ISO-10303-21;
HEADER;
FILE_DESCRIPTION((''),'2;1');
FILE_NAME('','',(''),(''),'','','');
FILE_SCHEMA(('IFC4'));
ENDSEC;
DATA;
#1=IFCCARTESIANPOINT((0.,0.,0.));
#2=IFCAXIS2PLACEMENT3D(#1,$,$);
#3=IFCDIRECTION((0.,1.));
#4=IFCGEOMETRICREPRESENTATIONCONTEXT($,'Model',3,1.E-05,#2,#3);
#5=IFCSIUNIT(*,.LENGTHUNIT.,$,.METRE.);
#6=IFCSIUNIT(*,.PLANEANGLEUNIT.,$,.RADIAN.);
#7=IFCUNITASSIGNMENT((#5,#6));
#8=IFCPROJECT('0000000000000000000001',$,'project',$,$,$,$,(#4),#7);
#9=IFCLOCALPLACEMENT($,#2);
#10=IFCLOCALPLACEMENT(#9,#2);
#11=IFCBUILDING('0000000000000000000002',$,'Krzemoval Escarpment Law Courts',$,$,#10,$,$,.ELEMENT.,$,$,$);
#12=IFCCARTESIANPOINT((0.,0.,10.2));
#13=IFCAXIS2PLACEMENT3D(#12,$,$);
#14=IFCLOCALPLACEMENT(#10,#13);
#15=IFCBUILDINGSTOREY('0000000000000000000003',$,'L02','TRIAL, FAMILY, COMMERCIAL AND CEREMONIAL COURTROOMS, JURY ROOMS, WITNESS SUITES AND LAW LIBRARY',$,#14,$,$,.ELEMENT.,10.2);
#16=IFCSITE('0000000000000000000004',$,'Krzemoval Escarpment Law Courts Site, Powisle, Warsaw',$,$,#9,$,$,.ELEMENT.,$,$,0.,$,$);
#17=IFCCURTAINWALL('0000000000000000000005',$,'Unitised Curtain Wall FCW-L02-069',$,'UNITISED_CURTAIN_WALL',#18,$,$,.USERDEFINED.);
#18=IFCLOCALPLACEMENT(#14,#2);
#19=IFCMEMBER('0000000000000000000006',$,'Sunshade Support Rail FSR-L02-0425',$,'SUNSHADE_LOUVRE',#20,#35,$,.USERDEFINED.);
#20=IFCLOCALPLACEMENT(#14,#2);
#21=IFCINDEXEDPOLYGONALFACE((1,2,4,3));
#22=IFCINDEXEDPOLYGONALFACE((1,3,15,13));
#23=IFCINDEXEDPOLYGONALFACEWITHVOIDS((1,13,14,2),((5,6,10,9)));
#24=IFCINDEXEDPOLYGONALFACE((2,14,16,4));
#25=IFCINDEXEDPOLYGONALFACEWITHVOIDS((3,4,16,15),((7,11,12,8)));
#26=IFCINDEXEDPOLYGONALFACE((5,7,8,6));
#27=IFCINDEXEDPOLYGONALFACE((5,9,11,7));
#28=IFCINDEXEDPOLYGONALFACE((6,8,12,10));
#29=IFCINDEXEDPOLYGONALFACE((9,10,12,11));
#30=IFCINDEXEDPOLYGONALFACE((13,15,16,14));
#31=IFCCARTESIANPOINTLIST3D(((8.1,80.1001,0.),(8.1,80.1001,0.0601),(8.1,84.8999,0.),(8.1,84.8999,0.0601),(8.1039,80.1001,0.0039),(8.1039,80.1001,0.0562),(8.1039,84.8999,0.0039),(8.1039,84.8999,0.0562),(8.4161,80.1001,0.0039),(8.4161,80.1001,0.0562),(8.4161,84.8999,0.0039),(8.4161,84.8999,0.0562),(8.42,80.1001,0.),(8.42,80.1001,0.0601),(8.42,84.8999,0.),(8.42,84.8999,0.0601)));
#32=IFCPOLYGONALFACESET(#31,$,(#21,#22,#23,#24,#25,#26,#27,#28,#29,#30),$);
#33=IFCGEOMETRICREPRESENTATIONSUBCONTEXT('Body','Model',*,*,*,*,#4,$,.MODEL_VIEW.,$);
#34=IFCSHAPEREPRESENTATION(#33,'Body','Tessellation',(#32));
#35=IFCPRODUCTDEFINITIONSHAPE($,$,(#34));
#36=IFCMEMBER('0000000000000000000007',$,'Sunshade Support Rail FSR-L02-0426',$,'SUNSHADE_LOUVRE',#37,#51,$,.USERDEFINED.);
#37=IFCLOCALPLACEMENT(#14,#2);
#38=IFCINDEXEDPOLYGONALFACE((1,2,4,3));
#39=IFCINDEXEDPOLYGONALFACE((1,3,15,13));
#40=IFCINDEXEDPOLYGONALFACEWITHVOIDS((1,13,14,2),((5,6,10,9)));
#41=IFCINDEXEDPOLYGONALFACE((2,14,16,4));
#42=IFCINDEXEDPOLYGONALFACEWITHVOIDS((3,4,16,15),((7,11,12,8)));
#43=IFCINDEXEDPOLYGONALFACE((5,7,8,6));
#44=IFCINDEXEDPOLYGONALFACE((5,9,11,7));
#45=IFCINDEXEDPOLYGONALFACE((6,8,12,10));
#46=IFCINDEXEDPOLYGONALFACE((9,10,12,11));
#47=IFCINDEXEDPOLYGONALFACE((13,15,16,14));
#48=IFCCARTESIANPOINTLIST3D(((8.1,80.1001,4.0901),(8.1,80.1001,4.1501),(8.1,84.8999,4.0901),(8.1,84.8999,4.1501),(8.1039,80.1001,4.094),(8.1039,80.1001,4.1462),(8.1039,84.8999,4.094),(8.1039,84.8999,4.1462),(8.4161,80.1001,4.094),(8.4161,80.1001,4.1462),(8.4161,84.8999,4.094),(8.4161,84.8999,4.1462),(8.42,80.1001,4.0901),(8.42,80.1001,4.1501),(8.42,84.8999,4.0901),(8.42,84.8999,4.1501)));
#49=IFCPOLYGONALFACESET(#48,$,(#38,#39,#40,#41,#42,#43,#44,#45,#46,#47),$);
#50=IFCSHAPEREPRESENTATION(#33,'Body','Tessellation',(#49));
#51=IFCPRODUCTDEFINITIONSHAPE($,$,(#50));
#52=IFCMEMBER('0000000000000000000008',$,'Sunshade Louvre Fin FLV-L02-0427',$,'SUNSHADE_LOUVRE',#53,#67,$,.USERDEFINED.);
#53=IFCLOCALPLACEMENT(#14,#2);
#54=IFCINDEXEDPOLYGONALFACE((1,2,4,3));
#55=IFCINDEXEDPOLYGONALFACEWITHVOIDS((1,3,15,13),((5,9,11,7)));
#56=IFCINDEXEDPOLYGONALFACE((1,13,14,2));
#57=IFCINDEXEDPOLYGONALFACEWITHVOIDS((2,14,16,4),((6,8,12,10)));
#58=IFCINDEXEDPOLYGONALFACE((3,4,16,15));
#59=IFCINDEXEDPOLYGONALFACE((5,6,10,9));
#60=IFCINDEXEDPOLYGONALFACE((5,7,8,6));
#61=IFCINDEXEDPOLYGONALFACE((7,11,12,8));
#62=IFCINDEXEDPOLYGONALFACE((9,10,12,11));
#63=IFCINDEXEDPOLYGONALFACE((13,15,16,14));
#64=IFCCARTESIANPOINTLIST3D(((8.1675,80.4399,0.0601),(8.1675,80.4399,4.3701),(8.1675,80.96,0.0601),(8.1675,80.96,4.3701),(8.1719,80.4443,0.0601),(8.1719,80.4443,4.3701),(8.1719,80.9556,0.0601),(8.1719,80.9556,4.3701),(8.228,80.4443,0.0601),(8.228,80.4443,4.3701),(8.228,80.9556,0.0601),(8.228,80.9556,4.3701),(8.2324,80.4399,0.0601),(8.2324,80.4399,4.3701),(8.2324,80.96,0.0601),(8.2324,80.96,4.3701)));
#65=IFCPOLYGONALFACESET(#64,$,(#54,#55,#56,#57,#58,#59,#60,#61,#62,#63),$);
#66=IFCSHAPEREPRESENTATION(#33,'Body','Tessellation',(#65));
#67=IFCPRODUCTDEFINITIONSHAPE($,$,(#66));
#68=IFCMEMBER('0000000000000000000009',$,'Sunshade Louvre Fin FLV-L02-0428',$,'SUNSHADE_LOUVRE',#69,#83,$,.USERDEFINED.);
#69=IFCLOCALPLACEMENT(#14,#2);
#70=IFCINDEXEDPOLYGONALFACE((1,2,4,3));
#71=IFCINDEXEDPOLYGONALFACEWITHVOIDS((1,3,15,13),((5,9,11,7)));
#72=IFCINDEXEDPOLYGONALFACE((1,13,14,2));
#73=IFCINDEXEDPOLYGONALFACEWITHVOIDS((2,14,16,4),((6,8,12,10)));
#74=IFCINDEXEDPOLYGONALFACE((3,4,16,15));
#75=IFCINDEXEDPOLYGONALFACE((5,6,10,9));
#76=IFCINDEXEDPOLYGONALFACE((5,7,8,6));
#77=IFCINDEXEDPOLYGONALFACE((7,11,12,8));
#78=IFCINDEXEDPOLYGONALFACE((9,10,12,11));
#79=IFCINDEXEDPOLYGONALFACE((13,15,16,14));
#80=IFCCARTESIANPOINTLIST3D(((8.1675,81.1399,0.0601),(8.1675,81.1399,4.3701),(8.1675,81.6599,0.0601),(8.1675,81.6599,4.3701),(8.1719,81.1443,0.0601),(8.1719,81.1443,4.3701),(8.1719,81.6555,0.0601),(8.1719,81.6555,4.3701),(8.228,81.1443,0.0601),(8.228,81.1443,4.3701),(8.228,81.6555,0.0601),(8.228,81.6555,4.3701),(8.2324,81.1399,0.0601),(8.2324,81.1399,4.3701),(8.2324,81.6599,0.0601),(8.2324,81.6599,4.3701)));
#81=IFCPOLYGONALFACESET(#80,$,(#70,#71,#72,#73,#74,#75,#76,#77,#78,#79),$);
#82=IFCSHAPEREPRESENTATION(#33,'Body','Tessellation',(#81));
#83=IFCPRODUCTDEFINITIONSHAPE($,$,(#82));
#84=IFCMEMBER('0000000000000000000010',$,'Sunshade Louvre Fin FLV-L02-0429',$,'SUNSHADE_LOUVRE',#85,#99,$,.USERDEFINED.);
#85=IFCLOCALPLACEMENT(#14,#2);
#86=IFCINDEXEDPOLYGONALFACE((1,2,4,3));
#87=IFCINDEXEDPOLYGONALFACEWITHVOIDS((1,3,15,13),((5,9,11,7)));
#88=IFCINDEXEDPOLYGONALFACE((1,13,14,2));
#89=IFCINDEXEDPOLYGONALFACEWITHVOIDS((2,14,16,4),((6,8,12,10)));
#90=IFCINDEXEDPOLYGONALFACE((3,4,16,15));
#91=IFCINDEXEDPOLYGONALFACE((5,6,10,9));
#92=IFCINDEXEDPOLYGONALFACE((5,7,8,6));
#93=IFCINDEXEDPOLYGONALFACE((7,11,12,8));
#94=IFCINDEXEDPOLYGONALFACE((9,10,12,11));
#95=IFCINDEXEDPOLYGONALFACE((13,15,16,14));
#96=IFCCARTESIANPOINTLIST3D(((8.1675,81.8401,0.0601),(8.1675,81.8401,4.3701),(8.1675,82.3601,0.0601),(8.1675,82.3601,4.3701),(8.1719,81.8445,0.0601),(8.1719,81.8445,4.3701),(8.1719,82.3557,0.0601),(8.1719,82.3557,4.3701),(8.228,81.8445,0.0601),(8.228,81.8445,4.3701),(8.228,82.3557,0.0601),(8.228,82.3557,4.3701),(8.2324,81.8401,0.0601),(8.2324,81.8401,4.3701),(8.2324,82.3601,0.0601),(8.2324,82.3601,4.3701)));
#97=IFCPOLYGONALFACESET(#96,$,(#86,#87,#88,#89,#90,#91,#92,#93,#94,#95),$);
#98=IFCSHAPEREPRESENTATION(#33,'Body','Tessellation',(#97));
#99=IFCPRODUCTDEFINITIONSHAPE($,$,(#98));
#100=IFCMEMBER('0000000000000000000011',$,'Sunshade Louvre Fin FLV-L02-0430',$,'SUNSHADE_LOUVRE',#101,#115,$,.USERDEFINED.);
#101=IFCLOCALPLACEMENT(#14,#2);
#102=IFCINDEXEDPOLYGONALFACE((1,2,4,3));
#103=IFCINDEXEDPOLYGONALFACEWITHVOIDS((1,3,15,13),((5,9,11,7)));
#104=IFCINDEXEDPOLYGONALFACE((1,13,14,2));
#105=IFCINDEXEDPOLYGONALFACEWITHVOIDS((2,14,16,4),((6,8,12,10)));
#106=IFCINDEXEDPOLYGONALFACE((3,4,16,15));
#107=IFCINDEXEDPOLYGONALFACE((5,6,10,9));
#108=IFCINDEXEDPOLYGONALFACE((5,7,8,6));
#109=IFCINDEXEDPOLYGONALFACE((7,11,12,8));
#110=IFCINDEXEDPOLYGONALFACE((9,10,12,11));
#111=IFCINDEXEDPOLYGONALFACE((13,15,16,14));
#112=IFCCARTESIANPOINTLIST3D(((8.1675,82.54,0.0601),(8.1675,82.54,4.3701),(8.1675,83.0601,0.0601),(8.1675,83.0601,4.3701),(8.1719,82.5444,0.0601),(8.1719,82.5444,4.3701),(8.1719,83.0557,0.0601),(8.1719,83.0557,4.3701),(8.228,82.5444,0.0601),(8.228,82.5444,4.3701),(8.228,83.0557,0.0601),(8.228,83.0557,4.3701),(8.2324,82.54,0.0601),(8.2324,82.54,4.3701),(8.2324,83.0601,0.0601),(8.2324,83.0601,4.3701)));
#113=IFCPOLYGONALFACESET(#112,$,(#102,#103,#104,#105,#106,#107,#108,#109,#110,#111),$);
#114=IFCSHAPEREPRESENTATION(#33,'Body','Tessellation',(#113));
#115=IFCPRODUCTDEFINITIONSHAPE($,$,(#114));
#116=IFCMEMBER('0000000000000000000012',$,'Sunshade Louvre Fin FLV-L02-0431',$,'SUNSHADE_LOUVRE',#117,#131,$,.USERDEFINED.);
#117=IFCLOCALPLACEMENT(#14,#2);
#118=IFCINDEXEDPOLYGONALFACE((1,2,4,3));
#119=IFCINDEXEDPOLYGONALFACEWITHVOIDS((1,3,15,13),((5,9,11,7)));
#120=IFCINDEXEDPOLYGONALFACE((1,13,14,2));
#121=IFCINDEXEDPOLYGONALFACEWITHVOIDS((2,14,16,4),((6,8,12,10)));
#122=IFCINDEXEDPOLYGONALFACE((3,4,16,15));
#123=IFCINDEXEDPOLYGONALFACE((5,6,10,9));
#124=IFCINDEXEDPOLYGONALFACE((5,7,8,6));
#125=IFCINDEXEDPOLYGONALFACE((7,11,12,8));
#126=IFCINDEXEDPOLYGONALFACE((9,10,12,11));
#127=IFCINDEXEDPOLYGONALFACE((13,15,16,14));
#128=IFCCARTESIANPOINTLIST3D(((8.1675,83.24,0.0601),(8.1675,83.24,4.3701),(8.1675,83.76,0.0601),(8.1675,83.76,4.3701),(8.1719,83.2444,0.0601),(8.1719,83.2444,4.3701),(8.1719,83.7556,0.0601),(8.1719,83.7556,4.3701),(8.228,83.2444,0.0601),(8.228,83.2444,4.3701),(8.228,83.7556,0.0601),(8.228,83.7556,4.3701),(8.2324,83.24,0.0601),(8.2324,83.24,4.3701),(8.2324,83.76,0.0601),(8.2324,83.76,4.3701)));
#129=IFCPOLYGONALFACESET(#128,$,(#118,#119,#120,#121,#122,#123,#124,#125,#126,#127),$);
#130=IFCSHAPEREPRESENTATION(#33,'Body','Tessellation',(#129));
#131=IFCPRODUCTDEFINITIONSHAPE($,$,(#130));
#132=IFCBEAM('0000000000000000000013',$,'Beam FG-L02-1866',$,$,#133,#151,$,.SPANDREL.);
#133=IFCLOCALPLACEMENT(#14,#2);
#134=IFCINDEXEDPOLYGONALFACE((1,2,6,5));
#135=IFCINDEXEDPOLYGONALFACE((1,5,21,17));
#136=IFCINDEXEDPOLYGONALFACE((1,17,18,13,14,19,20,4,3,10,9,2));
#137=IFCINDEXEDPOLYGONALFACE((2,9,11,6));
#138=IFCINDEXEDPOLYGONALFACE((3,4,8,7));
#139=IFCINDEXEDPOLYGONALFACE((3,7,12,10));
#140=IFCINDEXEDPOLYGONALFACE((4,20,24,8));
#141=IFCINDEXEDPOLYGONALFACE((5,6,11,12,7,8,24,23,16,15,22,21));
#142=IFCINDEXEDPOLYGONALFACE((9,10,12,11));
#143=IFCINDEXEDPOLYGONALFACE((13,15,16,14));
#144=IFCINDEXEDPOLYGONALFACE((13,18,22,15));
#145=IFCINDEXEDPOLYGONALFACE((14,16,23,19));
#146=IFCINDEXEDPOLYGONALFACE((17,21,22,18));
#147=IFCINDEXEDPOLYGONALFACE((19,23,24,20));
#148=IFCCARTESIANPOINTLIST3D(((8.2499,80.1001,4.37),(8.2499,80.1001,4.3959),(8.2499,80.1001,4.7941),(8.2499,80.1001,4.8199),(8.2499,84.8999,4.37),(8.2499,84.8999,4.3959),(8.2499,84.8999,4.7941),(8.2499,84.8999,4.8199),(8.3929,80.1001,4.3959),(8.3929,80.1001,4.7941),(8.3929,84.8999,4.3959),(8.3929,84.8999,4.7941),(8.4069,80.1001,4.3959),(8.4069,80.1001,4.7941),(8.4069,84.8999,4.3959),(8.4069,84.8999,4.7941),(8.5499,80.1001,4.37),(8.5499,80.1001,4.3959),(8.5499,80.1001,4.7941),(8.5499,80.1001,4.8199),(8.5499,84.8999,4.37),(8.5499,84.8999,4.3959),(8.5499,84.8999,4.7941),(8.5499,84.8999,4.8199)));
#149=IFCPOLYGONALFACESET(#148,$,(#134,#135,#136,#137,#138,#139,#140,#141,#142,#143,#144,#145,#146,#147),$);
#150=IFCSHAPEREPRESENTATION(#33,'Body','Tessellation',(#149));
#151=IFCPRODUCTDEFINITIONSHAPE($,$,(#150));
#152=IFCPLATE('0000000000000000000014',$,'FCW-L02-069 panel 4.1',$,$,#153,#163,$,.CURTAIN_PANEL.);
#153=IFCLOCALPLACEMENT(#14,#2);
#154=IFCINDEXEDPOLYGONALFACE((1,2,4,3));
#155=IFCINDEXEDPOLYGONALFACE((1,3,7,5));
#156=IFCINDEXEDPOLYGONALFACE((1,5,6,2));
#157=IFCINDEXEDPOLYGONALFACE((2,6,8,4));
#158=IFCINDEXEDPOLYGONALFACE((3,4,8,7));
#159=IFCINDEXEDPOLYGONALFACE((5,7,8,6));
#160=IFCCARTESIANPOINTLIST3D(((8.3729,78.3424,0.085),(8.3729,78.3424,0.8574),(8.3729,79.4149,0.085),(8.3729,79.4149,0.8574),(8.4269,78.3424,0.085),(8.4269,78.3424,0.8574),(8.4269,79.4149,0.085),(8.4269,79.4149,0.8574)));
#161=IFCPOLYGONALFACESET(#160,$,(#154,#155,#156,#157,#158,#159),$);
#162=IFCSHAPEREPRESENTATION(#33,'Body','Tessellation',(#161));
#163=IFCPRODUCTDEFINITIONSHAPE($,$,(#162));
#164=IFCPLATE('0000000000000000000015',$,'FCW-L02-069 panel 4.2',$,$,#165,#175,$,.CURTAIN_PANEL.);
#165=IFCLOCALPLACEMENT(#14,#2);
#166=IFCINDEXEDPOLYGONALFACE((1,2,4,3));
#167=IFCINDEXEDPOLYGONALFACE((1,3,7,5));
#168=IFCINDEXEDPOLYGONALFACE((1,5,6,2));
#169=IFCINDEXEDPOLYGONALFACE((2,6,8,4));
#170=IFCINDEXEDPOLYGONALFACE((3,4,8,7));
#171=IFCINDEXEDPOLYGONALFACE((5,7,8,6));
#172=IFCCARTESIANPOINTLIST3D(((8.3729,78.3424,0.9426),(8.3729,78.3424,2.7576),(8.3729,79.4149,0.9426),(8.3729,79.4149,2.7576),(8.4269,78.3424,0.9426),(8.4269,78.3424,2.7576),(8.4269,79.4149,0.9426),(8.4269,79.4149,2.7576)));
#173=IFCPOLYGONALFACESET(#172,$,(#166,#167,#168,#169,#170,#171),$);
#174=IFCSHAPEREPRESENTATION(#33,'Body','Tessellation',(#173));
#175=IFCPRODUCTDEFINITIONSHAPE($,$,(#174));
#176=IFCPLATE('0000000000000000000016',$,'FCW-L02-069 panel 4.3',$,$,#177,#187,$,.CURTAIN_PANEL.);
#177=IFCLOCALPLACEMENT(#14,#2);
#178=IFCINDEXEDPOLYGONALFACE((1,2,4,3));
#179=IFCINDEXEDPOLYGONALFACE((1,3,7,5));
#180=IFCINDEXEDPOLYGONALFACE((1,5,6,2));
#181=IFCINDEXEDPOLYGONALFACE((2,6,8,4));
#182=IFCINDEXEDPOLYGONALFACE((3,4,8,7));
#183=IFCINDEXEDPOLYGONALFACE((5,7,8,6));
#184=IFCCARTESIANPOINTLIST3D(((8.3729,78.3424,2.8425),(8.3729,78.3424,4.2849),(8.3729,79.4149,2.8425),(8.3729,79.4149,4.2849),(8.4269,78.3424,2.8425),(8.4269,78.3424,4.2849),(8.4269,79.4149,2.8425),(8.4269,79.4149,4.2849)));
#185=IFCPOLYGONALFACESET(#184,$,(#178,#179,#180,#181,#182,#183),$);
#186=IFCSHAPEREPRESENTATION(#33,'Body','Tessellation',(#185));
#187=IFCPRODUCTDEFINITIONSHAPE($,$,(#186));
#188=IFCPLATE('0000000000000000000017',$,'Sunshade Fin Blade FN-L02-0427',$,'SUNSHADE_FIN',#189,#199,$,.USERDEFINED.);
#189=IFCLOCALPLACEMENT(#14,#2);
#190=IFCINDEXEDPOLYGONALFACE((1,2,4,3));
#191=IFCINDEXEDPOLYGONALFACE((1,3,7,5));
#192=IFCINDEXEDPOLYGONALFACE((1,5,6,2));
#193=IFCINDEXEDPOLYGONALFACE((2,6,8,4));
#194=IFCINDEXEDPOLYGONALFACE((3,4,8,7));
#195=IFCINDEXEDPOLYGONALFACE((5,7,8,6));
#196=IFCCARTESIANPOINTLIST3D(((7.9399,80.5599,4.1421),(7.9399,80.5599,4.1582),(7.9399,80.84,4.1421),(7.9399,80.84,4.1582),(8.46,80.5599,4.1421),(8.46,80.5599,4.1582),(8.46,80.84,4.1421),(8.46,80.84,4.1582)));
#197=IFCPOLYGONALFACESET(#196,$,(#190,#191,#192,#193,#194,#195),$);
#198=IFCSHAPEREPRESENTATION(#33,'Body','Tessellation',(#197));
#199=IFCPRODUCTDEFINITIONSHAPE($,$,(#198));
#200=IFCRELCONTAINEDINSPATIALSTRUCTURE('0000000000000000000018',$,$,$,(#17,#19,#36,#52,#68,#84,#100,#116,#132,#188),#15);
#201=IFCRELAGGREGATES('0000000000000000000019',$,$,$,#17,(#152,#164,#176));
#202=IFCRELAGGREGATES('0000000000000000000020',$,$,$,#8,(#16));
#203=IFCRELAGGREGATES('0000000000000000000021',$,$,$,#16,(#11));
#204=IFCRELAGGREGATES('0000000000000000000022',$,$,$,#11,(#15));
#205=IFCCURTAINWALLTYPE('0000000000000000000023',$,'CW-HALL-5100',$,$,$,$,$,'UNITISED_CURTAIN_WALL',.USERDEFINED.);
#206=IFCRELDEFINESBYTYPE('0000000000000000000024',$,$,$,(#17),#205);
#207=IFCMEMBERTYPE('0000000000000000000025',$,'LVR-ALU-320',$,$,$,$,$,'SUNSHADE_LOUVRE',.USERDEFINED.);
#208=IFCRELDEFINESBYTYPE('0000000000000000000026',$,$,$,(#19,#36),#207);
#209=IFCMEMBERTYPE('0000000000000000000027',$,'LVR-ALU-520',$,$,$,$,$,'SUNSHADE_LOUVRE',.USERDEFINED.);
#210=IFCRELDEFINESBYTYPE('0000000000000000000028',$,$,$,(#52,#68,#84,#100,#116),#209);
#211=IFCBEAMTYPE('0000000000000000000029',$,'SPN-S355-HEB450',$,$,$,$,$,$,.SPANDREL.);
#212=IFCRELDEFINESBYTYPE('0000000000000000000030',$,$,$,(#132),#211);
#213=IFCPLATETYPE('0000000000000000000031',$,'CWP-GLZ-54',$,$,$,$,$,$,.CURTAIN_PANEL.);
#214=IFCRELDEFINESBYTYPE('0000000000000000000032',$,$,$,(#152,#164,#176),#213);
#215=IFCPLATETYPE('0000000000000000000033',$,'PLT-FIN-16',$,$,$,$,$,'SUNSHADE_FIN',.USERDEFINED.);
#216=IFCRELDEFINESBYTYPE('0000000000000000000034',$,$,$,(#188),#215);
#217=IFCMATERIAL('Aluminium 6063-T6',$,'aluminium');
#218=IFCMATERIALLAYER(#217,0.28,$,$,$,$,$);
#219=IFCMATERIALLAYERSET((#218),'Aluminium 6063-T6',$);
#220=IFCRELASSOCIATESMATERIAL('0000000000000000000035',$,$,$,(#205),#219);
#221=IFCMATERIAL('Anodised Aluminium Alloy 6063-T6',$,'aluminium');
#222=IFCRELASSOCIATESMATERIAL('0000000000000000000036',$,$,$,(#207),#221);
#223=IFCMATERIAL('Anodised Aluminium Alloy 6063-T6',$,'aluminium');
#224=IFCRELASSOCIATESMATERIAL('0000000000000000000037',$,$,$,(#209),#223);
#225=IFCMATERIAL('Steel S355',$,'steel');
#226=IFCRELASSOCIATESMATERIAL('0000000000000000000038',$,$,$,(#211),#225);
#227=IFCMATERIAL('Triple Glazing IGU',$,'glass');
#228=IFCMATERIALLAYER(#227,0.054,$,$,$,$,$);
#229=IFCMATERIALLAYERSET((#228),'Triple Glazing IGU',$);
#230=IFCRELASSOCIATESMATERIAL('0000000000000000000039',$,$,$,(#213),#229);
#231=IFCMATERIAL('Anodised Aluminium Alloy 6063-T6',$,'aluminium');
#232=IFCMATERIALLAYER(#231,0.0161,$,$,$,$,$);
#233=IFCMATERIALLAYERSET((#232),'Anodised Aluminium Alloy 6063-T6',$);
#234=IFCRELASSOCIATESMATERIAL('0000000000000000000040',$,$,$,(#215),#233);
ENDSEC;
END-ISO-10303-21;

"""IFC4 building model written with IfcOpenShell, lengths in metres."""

from ifc_helpers import new_model, si_unit, direction, frame, origin, origin_2d, place, context, subcontext, project, spatial, rectangle, hollow_rectangle, i_section, extrude, material, layer, layer_set, material_profile, profile_set, type_object, element, aggregate, save


model = new_model("IFC4")

# Units and contexts
model_context = context("Model", 3, precision=1e-05, world=origin(), true_north=direction((0.0, 1.0)))
body_context = subcontext(model_context, "Body", "Model", "MODEL_VIEW")
ifc_project = project(units=[si_unit("LENGTHUNIT", "METRE"), si_unit("PLANEANGLEUNIT", "RADIAN")], contexts=[model_context])

# Site, building, storey
site_placement = place(None, origin())
site = spatial("IfcSite", under=ifc_project, at=site_placement, Name="Krzemoval Escarpment Law Courts Site, Powisle, Warsaw", CompositionType="ELEMENT", RefElevation=0.0)
building_placement = place(site_placement, origin())
building = spatial("IfcBuilding", under=site, at=building_placement, Name="Krzemoval Escarpment Law Courts", CompositionType="ELEMENT")
storey_placement = place(building_placement, frame((0.0, 0.0, 10.2)))
storey = spatial("IfcBuildingStorey", under=building, at=storey_placement, Name="L02", Description="TRIAL, FAMILY, COMMERCIAL AND CEREMONIAL COURTROOMS, JURY ROOMS, WITNESS SUITES AND LAW LIBRARY", CompositionType="ELEMENT", Elevation=10.2)

# Curtain wall
ifc_material_1 = material(Name="Aluminium 6063-T6", Category="aluminium")
ifc_layer_1 = layer(ifc_material_1, 0.28)
ifc_layer_set_1 = layer_set([ifc_layer_1], Name="Aluminium 6063-T6")
curtain_wall_type = type_object("IfcCurtainWallType", Name="CW-HALL-5100", ElementType="UNITISED_CURTAIN_WALL", PredefinedType="USERDEFINED", material=ifc_layer_set_1)
curtain_wall_1_placement = place(storey_placement, origin())
curtain_wall_1 = element("IfcCurtainWall", 1, at=curtain_wall_1_placement, inside=storey, type_object=curtain_wall_type, Name="Unitised Curtain Wall FCW-L02-069", ObjectType="UNITISED_CURTAIN_WALL", PredefinedType="USERDEFINED")

# Members
ifc_material_2 = material(Name="Anodised Aluminium Alloy 6063-T6", Category="aluminium")
ifc_material_profile_1 = material_profile(ifc_material_2, hollow_rectangle(XDim=0.0601, YDim=0.3201, WallThickness=0.0039, at=origin_2d()), Name="ALU LVR 60x320")
ifc_profile_set_1 = profile_set([ifc_material_profile_1], Name="Anodised Aluminium Alloy 6063-T6")
member_type_1 = type_object("IfcMemberType", Name="LVR-ALU-320", ElementType="SUNSHADE_LOUVRE", PredefinedType="USERDEFINED", material=ifc_profile_set_1)
for number, where, z_axis, x_axis, name in (
    (2, (8.26, 80.1001, 0.03), (0.0, 1.0, 0.0), (0.0, 0.0, 1.0), "Sunshade Support Rail FSR-L02-0425"),
    (3, (8.26, 80.1001, 4.1201), (0.0, 1.0, 0.0), (0.0, 0.0, 1.0), "Sunshade Support Rail FSR-L02-0426"),
):
    element("IfcMember", number, at=place(storey_placement, frame(where, z_axis=z_axis, x_axis=x_axis)), inside=storey, type_object=member_type_1, Name=name, ObjectType="SUNSHADE_LOUVRE", PredefinedType="USERDEFINED", context=body_context, shape_type="SweptSolid", body=[
        extrude(hollow_rectangle(XDim=0.0601, YDim=0.3201, WallThickness=0.0039, at=origin_2d()), origin(), (0.0, 0.0, 1.0), 4.7998),
    ])
ifc_material_3 = material(Name="Anodised Aluminium Alloy 6063-T6", Category="aluminium")
ifc_material_profile_2 = material_profile(ifc_material_3, hollow_rectangle(XDim=0.0649, YDim=0.52, WallThickness=0.0044, at=origin_2d()), Name="ALU LVR 65x520")
ifc_profile_set_2 = profile_set([ifc_material_profile_2], Name="Anodised Aluminium Alloy 6063-T6")
member_type_2 = type_object("IfcMemberType", Name="LVR-ALU-520", ElementType="SUNSHADE_LOUVRE", PredefinedType="USERDEFINED", material=ifc_profile_set_2)
for number, where, z_axis, x_axis, name in (
    (4, (8.2, 80.7, 0.0601), (0.0, 0.0, 1.0), (1.0, 0.0, 0.0), "Sunshade Louvre Fin FLV-L02-0427"),
    (5, (8.2, 81.3999, 0.0601), (0.0, 0.0, 1.0), (1.0, 0.0, 0.0), "Sunshade Louvre Fin FLV-L02-0428"),
    (6, (8.2, 82.1001, 0.0601), (0.0, 0.0, 1.0), (1.0, 0.0, 0.0), "Sunshade Louvre Fin FLV-L02-0429"),
    (7, (8.2, 82.8, 0.0601), (0.0, 0.0, 1.0), (1.0, 0.0, 0.0), "Sunshade Louvre Fin FLV-L02-0430"),
    (8, (8.2, 83.5, 0.0601), (0.0, 0.0, 1.0), (1.0, 0.0, 0.0), "Sunshade Louvre Fin FLV-L02-0431"),
):
    element("IfcMember", number, at=place(storey_placement, frame(where, z_axis=z_axis, x_axis=x_axis)), inside=storey, type_object=member_type_2, Name=name, ObjectType="SUNSHADE_LOUVRE", PredefinedType="USERDEFINED", context=body_context, shape_type="SweptSolid", body=[
        extrude(hollow_rectangle(XDim=0.0649, YDim=0.52, WallThickness=0.0044, at=origin_2d()), origin(), (0.0, 0.0, 1.0), 4.3101),
    ])

# Beam
ifc_material_4 = material(Name="Steel S355", Category="steel")
ifc_material_profile_3 = material_profile(ifc_material_4, i_section(OverallWidth=0.3, OverallDepth=0.45, WebThickness=0.0139, FlangeThickness=0.0259, at=origin_2d()), Name="HEB 450")
ifc_profile_set_3 = profile_set([ifc_material_profile_3], Name="Steel S355")
beam_type = type_object("IfcBeamType", Name="SPN-S355-HEB450", PredefinedType="SPANDREL", material=ifc_profile_set_3)
beam_placement = place(storey_placement, frame((8.3999, 80.1001, 4.595), z_axis=(0.0, 1.0, 0.0), x_axis=(-1.0, 0.0, 0.0)))
element("IfcBeam", 9, at=beam_placement, inside=storey, type_object=beam_type, Name="Beam FG-L02-1866", PredefinedType="SPANDREL", context=body_context, shape_type="SweptSolid", body=[
    extrude(i_section(OverallWidth=0.3, OverallDepth=0.45, WebThickness=0.0139, FlangeThickness=0.0259, at=origin_2d()), origin(), (0.0, 0.0, 1.0), 4.7998),
])

# Plates
ifc_material_5 = material(Name="Triple Glazing IGU", Category="glass")
ifc_layer_2 = layer(ifc_material_5, 0.054)
ifc_layer_set_2 = layer_set([ifc_layer_2], Name="Triple Glazing IGU")
plate_type_1 = type_object("IfcPlateType", Name="CWP-GLZ-54", PredefinedType="CURTAIN_PANEL", material=ifc_layer_set_2)
plate_1_placement = place(storey_placement, frame((8.3999, 78.8787, 0.085), z_axis=(0.0, 0.0, 1.0), x_axis=(0.0, 1.0, 0.0)))
plate_1 = element("IfcPlate", 10, at=plate_1_placement, type_object=plate_type_1, Name="FCW-L02-069 panel 4.1", PredefinedType="CURTAIN_PANEL", context=body_context, shape_type="SweptSolid", body=[
    extrude(rectangle(XDim=1.0725, YDim=0.054, at=origin_2d()), origin(), (0.0, 0.0, 1.0), 0.7725),
])
plate_2_placement = place(storey_placement, frame((8.3999, 78.8787, 0.9426), z_axis=(0.0, 0.0, 1.0), x_axis=(0.0, 1.0, 0.0)))
plate_2 = element("IfcPlate", 11, at=plate_2_placement, type_object=plate_type_1, Name="FCW-L02-069 panel 4.2", PredefinedType="CURTAIN_PANEL", context=body_context, shape_type="SweptSolid", body=[
    extrude(rectangle(XDim=1.0725, YDim=0.054, at=origin_2d()), origin(), (0.0, 0.0, 1.0), 1.8149),
])
plate_3_placement = place(storey_placement, frame((8.3999, 78.8787, 2.8425), z_axis=(0.0, 0.0, 1.0), x_axis=(0.0, 1.0, 0.0)))
plate_3 = element("IfcPlate", 12, at=plate_3_placement, type_object=plate_type_1, Name="FCW-L02-069 panel 4.3", PredefinedType="CURTAIN_PANEL", context=body_context, shape_type="SweptSolid", body=[
    extrude(rectangle(XDim=1.0725, YDim=0.054, at=origin_2d()), origin(), (0.0, 0.0, 1.0), 1.4424),
])
aggregate(curtain_wall_1, [plate_1, plate_2, plate_3])

# Plate
ifc_material_6 = material(Name="Anodised Aluminium Alloy 6063-T6", Category="aluminium")
ifc_layer_3 = layer(ifc_material_6, 0.0161)
ifc_layer_set_3 = layer_set([ifc_layer_3], Name="Anodised Aluminium Alloy 6063-T6")
plate_type_2 = type_object("IfcPlateType", Name="PLT-FIN-16", ElementType="SUNSHADE_FIN", PredefinedType="USERDEFINED", material=ifc_layer_set_3)
for number, where, z_axis, x_axis, name in (
    (13, (8.2, 80.7, 4.1421), (0.0, 0.0, 1.0), (-1.0, 0.0, 0.0), "Sunshade Fin Blade FN-L02-0427"),
):
    element("IfcPlate", number, at=place(storey_placement, frame(where, z_axis=z_axis, x_axis=x_axis)), inside=storey, type_object=plate_type_2, Name=name, ObjectType="SUNSHADE_FIN", PredefinedType="USERDEFINED", context=body_context, shape_type="SweptSolid", body=[
        extrude(rectangle(XDim=0.52, YDim=0.28, at=origin_2d()), origin(), (0.0, 0.0, 1.0), 0.0161),
    ])

save(model, "model.ifc")
